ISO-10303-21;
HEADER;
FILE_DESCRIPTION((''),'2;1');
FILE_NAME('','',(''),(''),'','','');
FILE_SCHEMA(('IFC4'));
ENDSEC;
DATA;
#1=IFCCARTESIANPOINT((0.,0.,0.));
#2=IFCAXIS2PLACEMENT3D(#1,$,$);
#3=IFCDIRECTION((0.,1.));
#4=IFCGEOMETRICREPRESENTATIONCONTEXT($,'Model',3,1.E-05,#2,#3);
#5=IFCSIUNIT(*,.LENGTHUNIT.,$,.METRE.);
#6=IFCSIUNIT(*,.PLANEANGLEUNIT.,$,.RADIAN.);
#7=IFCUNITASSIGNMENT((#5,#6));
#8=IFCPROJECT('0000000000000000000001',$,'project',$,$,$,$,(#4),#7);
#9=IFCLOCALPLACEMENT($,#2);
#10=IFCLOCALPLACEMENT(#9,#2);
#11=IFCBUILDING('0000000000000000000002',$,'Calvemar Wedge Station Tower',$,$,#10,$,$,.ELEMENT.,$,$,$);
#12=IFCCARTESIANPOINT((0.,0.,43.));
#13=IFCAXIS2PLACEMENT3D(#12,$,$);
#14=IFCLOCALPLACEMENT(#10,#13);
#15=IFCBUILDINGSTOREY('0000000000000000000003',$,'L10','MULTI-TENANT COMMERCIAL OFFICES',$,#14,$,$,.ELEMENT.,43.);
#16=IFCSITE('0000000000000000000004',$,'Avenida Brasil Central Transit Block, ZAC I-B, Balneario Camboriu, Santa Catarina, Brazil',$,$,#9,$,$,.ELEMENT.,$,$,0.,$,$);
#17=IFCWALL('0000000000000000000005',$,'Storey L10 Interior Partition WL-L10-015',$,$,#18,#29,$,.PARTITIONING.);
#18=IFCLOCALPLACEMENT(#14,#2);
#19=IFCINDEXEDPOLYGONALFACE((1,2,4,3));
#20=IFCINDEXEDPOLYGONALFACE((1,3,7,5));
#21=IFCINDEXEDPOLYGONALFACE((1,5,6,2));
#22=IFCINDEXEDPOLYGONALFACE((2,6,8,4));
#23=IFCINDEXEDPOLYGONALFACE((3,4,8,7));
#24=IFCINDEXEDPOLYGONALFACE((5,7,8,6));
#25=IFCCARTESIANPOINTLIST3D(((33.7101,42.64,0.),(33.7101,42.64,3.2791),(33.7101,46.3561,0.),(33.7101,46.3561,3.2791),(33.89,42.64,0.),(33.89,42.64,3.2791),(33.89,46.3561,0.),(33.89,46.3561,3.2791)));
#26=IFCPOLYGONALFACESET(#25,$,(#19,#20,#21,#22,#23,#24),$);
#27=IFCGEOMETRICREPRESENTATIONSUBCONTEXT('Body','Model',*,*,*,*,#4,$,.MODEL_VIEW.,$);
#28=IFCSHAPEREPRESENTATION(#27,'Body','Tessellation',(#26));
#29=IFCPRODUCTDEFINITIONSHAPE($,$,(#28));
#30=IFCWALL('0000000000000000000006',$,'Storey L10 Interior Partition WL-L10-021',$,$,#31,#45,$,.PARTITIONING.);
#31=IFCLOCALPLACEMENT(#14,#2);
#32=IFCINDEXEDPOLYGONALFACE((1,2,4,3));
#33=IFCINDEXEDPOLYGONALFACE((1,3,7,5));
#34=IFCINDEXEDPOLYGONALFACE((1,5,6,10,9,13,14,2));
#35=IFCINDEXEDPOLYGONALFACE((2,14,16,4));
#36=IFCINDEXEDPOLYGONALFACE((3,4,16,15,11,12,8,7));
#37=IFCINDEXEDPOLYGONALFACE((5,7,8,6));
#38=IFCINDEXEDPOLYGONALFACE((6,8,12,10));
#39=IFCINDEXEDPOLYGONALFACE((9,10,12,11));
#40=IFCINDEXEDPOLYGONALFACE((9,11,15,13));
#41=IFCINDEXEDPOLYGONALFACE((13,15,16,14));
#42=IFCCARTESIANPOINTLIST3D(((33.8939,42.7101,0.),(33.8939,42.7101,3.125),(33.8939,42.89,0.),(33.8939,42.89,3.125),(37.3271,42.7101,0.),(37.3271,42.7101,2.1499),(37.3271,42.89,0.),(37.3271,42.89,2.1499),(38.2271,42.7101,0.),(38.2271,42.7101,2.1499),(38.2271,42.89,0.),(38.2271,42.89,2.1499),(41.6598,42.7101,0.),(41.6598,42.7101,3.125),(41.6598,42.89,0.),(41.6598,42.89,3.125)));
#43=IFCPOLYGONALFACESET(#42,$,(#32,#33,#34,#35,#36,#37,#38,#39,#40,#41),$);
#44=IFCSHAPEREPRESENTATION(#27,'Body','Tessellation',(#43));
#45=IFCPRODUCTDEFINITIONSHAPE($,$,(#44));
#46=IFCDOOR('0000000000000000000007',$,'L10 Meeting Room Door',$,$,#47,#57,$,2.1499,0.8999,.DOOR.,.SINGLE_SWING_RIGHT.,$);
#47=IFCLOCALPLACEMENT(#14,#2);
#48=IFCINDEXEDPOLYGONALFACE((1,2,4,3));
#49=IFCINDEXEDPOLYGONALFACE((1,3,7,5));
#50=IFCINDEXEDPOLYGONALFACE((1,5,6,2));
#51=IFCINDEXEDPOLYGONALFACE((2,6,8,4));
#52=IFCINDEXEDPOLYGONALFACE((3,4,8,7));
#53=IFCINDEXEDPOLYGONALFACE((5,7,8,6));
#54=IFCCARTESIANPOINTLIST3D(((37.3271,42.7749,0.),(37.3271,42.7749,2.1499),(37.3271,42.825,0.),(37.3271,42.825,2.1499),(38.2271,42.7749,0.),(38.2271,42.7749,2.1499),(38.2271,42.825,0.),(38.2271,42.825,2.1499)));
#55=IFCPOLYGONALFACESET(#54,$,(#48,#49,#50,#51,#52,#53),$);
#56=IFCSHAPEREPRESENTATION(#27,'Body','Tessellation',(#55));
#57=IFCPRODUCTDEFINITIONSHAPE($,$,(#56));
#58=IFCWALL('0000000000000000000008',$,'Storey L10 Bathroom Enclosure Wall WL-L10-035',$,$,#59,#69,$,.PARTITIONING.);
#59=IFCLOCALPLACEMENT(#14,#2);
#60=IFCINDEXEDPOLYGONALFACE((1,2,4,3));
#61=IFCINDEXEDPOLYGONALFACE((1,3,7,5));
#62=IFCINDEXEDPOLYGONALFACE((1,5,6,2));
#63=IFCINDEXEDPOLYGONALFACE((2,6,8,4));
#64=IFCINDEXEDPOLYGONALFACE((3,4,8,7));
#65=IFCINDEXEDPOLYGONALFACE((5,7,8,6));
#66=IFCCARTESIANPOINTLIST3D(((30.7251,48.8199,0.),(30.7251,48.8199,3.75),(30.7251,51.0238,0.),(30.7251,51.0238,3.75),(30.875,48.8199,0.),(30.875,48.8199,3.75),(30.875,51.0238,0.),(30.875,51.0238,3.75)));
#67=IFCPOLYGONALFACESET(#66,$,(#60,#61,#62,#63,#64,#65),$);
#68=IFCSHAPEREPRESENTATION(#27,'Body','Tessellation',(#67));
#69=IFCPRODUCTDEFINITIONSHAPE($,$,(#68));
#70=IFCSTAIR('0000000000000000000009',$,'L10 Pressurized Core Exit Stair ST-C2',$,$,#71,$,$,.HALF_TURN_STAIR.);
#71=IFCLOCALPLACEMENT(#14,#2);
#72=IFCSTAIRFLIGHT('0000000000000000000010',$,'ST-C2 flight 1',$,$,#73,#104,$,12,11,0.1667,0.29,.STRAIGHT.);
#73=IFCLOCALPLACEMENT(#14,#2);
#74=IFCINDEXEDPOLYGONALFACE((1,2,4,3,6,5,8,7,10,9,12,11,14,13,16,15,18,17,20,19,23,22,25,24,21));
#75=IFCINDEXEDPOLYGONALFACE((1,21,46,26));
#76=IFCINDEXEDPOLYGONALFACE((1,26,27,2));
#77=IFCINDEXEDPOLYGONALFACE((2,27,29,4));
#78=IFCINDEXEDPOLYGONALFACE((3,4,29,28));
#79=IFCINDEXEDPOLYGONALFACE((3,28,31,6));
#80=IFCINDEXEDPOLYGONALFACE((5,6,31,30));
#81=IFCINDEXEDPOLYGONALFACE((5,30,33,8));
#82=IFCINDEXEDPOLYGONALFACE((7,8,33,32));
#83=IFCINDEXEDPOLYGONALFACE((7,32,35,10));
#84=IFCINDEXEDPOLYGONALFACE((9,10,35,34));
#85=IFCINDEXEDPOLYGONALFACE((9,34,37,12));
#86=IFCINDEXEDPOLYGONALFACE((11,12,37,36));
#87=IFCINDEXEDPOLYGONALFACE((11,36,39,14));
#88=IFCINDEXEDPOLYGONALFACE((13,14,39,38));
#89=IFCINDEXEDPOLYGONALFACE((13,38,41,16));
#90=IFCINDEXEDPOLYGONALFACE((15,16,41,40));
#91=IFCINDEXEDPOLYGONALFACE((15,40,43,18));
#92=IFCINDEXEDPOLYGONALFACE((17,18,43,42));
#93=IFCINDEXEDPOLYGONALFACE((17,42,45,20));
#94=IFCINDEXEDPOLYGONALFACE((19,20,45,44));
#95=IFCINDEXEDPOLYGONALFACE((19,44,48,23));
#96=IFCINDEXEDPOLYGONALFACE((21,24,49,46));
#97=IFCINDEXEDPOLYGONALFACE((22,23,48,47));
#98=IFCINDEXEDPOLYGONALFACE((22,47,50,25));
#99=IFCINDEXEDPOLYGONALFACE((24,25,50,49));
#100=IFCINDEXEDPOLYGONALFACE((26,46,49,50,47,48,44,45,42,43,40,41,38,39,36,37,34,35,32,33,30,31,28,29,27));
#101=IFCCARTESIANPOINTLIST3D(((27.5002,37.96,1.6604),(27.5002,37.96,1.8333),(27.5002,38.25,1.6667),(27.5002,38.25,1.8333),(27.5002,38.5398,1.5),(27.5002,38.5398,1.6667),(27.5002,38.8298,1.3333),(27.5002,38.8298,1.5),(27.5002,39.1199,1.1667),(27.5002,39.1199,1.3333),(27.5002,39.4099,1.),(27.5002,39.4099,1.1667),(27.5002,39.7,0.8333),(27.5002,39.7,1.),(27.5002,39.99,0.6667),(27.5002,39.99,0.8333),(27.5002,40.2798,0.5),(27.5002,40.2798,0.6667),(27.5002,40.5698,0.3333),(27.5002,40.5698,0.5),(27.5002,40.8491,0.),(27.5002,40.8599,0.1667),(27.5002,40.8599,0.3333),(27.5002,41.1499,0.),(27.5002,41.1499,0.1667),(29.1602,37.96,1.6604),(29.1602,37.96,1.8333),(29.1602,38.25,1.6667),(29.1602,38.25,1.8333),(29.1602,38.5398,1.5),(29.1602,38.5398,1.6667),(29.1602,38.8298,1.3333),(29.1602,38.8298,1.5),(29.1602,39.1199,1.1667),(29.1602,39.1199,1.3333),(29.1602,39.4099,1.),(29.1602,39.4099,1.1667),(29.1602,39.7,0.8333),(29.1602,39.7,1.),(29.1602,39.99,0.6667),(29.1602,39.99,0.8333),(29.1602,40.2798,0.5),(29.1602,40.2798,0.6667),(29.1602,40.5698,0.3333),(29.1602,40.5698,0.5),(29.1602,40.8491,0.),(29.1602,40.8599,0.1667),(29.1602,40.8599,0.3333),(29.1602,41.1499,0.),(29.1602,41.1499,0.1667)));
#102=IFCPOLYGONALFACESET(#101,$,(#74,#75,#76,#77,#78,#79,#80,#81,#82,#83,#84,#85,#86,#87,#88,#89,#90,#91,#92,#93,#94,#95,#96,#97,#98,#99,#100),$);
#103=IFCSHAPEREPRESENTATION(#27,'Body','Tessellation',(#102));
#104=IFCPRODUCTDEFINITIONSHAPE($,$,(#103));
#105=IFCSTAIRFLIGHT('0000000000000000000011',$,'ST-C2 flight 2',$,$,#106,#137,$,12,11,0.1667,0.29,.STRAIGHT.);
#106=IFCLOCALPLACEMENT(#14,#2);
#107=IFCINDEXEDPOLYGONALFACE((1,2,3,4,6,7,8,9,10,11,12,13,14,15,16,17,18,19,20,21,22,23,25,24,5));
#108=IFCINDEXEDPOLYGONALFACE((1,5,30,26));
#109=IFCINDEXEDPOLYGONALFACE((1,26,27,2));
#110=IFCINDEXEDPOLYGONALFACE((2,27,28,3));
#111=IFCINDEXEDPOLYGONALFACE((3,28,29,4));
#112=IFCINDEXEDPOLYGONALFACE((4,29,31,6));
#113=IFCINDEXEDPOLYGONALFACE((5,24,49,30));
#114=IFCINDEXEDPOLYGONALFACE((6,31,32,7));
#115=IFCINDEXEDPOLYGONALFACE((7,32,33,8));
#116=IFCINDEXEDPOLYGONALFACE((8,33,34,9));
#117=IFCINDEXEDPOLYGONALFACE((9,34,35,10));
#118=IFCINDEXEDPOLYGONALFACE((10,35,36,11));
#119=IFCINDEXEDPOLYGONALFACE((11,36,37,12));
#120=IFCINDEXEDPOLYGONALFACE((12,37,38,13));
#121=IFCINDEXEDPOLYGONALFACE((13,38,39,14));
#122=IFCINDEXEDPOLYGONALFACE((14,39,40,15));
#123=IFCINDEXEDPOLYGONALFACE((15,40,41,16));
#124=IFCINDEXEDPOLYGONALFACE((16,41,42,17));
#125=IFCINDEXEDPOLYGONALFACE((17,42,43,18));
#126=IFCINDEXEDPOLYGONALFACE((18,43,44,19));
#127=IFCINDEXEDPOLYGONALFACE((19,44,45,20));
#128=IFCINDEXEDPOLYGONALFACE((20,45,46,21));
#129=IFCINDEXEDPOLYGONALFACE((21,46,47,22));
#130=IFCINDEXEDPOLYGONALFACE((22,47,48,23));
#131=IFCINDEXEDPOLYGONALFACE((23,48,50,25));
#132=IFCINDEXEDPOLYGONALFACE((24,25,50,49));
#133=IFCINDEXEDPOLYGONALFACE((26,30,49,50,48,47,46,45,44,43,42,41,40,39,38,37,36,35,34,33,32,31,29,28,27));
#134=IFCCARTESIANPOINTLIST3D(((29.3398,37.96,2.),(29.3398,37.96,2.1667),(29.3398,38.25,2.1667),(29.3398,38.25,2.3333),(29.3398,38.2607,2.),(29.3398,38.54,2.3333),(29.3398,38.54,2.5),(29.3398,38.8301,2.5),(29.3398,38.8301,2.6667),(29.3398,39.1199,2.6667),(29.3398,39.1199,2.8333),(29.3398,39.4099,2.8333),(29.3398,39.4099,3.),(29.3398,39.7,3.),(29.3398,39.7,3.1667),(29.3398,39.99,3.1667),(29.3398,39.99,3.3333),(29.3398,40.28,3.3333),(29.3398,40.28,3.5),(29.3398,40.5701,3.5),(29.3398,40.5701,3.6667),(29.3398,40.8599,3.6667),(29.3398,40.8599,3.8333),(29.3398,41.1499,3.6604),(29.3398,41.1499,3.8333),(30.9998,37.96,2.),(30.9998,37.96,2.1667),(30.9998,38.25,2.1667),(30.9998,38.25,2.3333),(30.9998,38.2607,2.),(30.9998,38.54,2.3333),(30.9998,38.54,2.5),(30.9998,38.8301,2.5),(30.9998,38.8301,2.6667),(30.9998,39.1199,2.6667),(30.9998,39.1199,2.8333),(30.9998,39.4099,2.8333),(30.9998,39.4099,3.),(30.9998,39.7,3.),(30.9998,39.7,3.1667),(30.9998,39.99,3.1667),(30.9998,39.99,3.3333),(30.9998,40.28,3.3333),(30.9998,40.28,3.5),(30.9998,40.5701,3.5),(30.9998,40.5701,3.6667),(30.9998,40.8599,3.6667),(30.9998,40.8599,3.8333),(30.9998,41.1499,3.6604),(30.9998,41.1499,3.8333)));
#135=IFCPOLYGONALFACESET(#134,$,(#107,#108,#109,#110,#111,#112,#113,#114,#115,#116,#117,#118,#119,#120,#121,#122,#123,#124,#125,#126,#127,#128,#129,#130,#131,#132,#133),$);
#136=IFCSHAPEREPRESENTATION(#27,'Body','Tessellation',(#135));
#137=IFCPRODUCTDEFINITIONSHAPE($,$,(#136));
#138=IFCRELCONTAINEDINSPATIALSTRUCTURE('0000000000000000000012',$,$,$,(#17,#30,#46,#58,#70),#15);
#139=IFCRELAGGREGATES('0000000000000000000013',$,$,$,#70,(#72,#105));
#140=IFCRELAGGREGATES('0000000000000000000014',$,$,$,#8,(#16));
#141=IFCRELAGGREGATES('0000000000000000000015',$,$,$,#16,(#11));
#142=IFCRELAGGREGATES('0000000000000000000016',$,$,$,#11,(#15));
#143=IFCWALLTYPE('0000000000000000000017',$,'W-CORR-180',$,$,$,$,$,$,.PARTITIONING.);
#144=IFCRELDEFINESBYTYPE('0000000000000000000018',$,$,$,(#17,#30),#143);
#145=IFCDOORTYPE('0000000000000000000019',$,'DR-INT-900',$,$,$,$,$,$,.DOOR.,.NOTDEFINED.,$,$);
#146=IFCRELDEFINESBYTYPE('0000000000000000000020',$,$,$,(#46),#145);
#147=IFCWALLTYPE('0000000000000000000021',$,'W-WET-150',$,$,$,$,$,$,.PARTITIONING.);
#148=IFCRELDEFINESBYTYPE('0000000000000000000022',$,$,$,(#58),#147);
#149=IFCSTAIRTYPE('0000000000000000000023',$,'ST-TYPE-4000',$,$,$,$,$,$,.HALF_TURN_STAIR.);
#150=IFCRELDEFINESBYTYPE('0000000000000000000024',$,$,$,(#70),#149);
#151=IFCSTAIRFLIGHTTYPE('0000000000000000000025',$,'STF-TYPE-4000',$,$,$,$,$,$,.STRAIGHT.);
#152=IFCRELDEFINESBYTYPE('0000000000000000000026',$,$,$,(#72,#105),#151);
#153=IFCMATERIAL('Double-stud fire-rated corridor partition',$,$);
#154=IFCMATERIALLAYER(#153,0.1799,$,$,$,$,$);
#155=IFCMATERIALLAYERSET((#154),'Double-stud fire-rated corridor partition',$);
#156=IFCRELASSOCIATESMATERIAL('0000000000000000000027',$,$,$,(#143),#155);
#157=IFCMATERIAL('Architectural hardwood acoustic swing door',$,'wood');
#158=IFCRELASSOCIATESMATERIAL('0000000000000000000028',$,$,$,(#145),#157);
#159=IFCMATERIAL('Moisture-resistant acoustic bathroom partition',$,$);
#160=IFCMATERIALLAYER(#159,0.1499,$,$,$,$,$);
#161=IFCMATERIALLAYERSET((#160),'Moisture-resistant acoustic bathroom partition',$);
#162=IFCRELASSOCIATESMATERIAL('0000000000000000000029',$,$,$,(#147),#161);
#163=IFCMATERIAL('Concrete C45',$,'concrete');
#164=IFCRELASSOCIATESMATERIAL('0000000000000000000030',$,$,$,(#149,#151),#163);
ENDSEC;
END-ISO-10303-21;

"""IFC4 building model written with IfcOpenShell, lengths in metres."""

from ifc_helpers import new_model, si_unit, direction, frame, frame_2d, origin, place, context, subcontext, project, spatial, polyline, rectangle, outline, extrude, source, transform, mapped, material, layer, layer_set, type_object, element, fill, aggregate, save


model = new_model("IFC4")

# Units and contexts
model_context = context("Model", 3, precision=1e-05, world=origin(), true_north=direction((0.0, 1.0)))
body_context = subcontext(model_context, "Body", "Model", "MODEL_VIEW")
ifc_project = project(units=[si_unit("LENGTHUNIT", "METRE"), si_unit("PLANEANGLEUNIT", "RADIAN")], contexts=[model_context])

# Site, building, storey
site_placement = place(None, origin())
site = spatial("IfcSite", under=ifc_project, at=site_placement, Name="Avenida Brasil Central Transit Block, ZAC I-B, Balneario Camboriu, Santa Catarina, Brazil", CompositionType="ELEMENT", RefElevation=0.0)
building_placement = place(site_placement, origin())
building = spatial("IfcBuilding", under=site, at=building_placement, Name="Calvemar Wedge Station Tower", CompositionType="ELEMENT")
storey_placement = place(building_placement, frame((0.0, 0.0, 43.0)))
storey = spatial("IfcBuildingStorey", under=building, at=storey_placement, Name="L10", Description="MULTI-TENANT COMMERCIAL OFFICES", CompositionType="ELEMENT", Elevation=43.0)

# Wall
ifc_material_1 = material(Name="Double-stud fire-rated corridor partition")
ifc_layer_1 = layer(ifc_material_1, 0.1799)
ifc_layer_set_1 = layer_set([ifc_layer_1], Name="Double-stud fire-rated corridor partition")
wall_type_1 = type_object("IfcWallType", Name="W-CORR-180", PredefinedType="PARTITIONING", material=ifc_layer_set_1)
wall_1_placement = place(storey_placement, frame((33.8, 46.356, 0.0), z_axis=(0.0, 0.0, 1.0), x_axis=(0.0, -1.0, 0.0)))
element("IfcWall", 1, at=wall_1_placement, inside=storey, type_object=wall_type_1, Name="Storey L10 Interior Partition WL-L10-015", PredefinedType="PARTITIONING", context=body_context, shape_type="SweptSolid", body=[
    extrude(rectangle(XDim=3.7161, YDim=0.1799, at=frame_2d((1.8579, 0.0))), origin(), (0.0, 0.0, 1.0), 3.2791),
])

# Wall, opening, door
wall_2_placement = place(storey_placement, frame((33.894, 42.8, 0.0), z_axis=(0.0, 0.0, 1.0), x_axis=(1.0, 0.0, 0.0)))
wall_2 = element("IfcWall", 2, at=wall_2_placement, inside=storey, type_object=wall_type_1, Name="Storey L10 Interior Partition WL-L10-021", PredefinedType="PARTITIONING", context=body_context, shape_type="SweptSolid", body=[
    extrude(rectangle(XDim=7.7659, YDim=0.1799, at=frame_2d((3.8828, 0.0))), origin(), (0.0, 0.0, 1.0), 3.125),
])
shared_shape_1 = source(origin(), body_context, "Body", "SweptSolid", [
    extrude(rectangle(XDim=0.8999, YDim=2.1499, at=frame_2d((0.45, 1.075))), frame((0.0, 0.1001, 0.0), z_axis=(0.0, -1.0, 0.0), x_axis=(1.0, 0.0, 0.0)), (0.0, 0.0, 1.0), 0.2),
])
opening_placement = place(wall_2_placement, frame((3.4331, 0.0, 0.0)))
opening = element("IfcOpeningElement", 3, at=opening_placement, cuts=wall_2, PredefinedType="OPENING", context=body_context, shape_type="MappedRepresentation", body=[
    mapped(shared_shape_1, transform((0.0, 0.0, 0.0), scale=1.0)),
])
ifc_material_2 = material(Name="Architectural hardwood acoustic swing door", Category="wood")
door_type = type_object("IfcDoorType", Name="DR-INT-900", OperationType="NOTDEFINED", PredefinedType="DOOR", material=ifc_material_2)
shared_shape_2 = source(origin(), body_context, "Body", "SweptSolid", [
    extrude(rectangle(XDim=0.8999, YDim=2.1499, at=frame_2d((0.45, 1.075))), frame((0.0, 0.0249, 0.0), z_axis=(0.0, -1.0, 0.0), x_axis=(1.0, 0.0, 0.0)), (0.0, 0.0, 1.0), 0.05),
])
door_placement = place(opening_placement, origin())
door = element("IfcDoor", 4, at=door_placement, inside=storey, type_object=door_type, Name="L10 Meeting Room Door", OperationType="SINGLE_SWING_RIGHT", OverallHeight=2.1499, OverallWidth=0.8999, PredefinedType="DOOR", context=body_context, shape_type="MappedRepresentation", body=[
    mapped(shared_shape_2, transform((0.0, 0.0, 0.0), scale=1.0)),
])
fill(opening, door)

# Wall
ifc_material_3 = material(Name="Moisture-resistant acoustic bathroom partition")
ifc_layer_2 = layer(ifc_material_3, 0.1499)
ifc_layer_set_2 = layer_set([ifc_layer_2], Name="Moisture-resistant acoustic bathroom partition")
wall_type_2 = type_object("IfcWallType", Name="W-WET-150", PredefinedType="PARTITIONING", material=ifc_layer_set_2)
wall_3_placement = place(storey_placement, frame((30.8, 51.0239, 0.0), z_axis=(0.0, 0.0, 1.0), x_axis=(0.0, -1.0, 0.0)))
element("IfcWall", 5, at=wall_3_placement, inside=storey, type_object=wall_type_2, Name="Storey L10 Bathroom Enclosure Wall WL-L10-035", PredefinedType="PARTITIONING", context=body_context, shape_type="SweptSolid", body=[
    extrude(rectangle(XDim=2.2039, YDim=0.1499, at=frame_2d((1.1021, 0.0))), origin(), (0.0, 0.0, 1.0), 3.75),
])

# Stair, stair flights
ifc_material_4 = material(Name="Concrete C45", Category="concrete")
stair_type = type_object("IfcStairType", Name="ST-TYPE-4000", PredefinedType="HALF_TURN_STAIR", material=ifc_material_4)
stair_placement = place(storey_placement, origin())
stair = element("IfcStair", 6, at=stair_placement, inside=storey, type_object=stair_type, Name="L10 Pressurized Core Exit Stair ST-C2", PredefinedType="HALF_TURN_STAIR")
stair_flight_type = type_object("IfcStairFlightType", Name="STF-TYPE-4000", PredefinedType="STRAIGHT", material=ifc_material_4)
stair_flight_1_placement = place(storey_placement, frame((28.3301, 41.1499, 0.0), z_axis=(0.0, 0.0, 1.0), x_axis=(0.0, -1.0, 0.0)))
stair_flight_1 = element("IfcStairFlight", 7, at=stair_flight_1_placement, type_object=stair_flight_type, Name="ST-C2 flight 1", NumberOfRisers=12, NumberOfTreads=11, PredefinedType="STRAIGHT", RiserHeight=0.1667, TreadLength=0.29, context=body_context, shape_type="SweptSolid", body=[
    extrude(outline(polyline([(0.0, 0.0), (0.0, 0.1667), (0.29, 0.1667), (0.29, 0.3333), (0.5801, 0.3333), (0.5801, 0.5), (0.8701, 0.5), (0.8701, 0.6667), (1.1599, 0.6667), (1.1599, 0.8333), (1.45, 0.8333), (1.45, 1.0), (1.74, 1.0), (1.74, 1.1667), (2.03, 1.1667), (2.03, 1.3333), (2.3201, 1.3333), (2.3201, 1.5), (2.6101, 1.5), (2.6101, 1.6667), (2.8999, 1.6667), (2.8999, 1.8333), (3.1899, 1.8333), (3.1899, 2.0), (3.1899, 1.6604), (0.3008, 0.0), (0.0, 0.0)])), frame((0.0, 0.8301, 0.0), z_axis=(0.0, -1.0, 0.0), x_axis=(1.0, 0.0, 0.0)), (0.0, 0.0, 1.0), 1.6599),
])
stair_flight_2_placement = place(storey_placement, frame((30.1699, 37.96, 2.0), z_axis=(0.0, 0.0, 1.0), x_axis=(0.0, 1.0, 0.0)))
stair_flight_2 = element("IfcStairFlight", 8, at=stair_flight_2_placement, type_object=stair_flight_type, Name="ST-C2 flight 2", NumberOfRisers=12, NumberOfTreads=11, PredefinedType="STRAIGHT", RiserHeight=0.1667, TreadLength=0.29, context=body_context, shape_type="SweptSolid", body=[
    extrude(outline(polyline([(0.0, 0.0), (0.0, 0.1667), (0.29, 0.1667), (0.29, 0.3333), (0.5801, 0.3333), (0.5801, 0.5), (0.8701, 0.5), (0.8701, 0.6667), (1.1599, 0.6667), (1.1599, 0.8333), (1.45, 0.8333), (1.45, 1.0), (1.74, 1.0), (1.74, 1.1667), (2.03, 1.1667), (2.03, 1.3333), (2.3201, 1.3333), (2.3201, 1.5), (2.6101, 1.5), (2.6101, 1.6667), (2.8999, 1.6667), (2.8999, 1.8333), (3.1899, 1.8333), (3.1899, 2.0), (3.1899, 1.6604), (0.3008, 0.0), (0.0, 0.0)])), frame((0.0, 0.8301, 0.0), z_axis=(0.0, -1.0, 0.0), x_axis=(1.0, 0.0, 0.0)), (0.0, 0.0, 1.0), 1.6599),
])
aggregate(stair, [stair_flight_1, stair_flight_2])

save(model, "model.ifc")
